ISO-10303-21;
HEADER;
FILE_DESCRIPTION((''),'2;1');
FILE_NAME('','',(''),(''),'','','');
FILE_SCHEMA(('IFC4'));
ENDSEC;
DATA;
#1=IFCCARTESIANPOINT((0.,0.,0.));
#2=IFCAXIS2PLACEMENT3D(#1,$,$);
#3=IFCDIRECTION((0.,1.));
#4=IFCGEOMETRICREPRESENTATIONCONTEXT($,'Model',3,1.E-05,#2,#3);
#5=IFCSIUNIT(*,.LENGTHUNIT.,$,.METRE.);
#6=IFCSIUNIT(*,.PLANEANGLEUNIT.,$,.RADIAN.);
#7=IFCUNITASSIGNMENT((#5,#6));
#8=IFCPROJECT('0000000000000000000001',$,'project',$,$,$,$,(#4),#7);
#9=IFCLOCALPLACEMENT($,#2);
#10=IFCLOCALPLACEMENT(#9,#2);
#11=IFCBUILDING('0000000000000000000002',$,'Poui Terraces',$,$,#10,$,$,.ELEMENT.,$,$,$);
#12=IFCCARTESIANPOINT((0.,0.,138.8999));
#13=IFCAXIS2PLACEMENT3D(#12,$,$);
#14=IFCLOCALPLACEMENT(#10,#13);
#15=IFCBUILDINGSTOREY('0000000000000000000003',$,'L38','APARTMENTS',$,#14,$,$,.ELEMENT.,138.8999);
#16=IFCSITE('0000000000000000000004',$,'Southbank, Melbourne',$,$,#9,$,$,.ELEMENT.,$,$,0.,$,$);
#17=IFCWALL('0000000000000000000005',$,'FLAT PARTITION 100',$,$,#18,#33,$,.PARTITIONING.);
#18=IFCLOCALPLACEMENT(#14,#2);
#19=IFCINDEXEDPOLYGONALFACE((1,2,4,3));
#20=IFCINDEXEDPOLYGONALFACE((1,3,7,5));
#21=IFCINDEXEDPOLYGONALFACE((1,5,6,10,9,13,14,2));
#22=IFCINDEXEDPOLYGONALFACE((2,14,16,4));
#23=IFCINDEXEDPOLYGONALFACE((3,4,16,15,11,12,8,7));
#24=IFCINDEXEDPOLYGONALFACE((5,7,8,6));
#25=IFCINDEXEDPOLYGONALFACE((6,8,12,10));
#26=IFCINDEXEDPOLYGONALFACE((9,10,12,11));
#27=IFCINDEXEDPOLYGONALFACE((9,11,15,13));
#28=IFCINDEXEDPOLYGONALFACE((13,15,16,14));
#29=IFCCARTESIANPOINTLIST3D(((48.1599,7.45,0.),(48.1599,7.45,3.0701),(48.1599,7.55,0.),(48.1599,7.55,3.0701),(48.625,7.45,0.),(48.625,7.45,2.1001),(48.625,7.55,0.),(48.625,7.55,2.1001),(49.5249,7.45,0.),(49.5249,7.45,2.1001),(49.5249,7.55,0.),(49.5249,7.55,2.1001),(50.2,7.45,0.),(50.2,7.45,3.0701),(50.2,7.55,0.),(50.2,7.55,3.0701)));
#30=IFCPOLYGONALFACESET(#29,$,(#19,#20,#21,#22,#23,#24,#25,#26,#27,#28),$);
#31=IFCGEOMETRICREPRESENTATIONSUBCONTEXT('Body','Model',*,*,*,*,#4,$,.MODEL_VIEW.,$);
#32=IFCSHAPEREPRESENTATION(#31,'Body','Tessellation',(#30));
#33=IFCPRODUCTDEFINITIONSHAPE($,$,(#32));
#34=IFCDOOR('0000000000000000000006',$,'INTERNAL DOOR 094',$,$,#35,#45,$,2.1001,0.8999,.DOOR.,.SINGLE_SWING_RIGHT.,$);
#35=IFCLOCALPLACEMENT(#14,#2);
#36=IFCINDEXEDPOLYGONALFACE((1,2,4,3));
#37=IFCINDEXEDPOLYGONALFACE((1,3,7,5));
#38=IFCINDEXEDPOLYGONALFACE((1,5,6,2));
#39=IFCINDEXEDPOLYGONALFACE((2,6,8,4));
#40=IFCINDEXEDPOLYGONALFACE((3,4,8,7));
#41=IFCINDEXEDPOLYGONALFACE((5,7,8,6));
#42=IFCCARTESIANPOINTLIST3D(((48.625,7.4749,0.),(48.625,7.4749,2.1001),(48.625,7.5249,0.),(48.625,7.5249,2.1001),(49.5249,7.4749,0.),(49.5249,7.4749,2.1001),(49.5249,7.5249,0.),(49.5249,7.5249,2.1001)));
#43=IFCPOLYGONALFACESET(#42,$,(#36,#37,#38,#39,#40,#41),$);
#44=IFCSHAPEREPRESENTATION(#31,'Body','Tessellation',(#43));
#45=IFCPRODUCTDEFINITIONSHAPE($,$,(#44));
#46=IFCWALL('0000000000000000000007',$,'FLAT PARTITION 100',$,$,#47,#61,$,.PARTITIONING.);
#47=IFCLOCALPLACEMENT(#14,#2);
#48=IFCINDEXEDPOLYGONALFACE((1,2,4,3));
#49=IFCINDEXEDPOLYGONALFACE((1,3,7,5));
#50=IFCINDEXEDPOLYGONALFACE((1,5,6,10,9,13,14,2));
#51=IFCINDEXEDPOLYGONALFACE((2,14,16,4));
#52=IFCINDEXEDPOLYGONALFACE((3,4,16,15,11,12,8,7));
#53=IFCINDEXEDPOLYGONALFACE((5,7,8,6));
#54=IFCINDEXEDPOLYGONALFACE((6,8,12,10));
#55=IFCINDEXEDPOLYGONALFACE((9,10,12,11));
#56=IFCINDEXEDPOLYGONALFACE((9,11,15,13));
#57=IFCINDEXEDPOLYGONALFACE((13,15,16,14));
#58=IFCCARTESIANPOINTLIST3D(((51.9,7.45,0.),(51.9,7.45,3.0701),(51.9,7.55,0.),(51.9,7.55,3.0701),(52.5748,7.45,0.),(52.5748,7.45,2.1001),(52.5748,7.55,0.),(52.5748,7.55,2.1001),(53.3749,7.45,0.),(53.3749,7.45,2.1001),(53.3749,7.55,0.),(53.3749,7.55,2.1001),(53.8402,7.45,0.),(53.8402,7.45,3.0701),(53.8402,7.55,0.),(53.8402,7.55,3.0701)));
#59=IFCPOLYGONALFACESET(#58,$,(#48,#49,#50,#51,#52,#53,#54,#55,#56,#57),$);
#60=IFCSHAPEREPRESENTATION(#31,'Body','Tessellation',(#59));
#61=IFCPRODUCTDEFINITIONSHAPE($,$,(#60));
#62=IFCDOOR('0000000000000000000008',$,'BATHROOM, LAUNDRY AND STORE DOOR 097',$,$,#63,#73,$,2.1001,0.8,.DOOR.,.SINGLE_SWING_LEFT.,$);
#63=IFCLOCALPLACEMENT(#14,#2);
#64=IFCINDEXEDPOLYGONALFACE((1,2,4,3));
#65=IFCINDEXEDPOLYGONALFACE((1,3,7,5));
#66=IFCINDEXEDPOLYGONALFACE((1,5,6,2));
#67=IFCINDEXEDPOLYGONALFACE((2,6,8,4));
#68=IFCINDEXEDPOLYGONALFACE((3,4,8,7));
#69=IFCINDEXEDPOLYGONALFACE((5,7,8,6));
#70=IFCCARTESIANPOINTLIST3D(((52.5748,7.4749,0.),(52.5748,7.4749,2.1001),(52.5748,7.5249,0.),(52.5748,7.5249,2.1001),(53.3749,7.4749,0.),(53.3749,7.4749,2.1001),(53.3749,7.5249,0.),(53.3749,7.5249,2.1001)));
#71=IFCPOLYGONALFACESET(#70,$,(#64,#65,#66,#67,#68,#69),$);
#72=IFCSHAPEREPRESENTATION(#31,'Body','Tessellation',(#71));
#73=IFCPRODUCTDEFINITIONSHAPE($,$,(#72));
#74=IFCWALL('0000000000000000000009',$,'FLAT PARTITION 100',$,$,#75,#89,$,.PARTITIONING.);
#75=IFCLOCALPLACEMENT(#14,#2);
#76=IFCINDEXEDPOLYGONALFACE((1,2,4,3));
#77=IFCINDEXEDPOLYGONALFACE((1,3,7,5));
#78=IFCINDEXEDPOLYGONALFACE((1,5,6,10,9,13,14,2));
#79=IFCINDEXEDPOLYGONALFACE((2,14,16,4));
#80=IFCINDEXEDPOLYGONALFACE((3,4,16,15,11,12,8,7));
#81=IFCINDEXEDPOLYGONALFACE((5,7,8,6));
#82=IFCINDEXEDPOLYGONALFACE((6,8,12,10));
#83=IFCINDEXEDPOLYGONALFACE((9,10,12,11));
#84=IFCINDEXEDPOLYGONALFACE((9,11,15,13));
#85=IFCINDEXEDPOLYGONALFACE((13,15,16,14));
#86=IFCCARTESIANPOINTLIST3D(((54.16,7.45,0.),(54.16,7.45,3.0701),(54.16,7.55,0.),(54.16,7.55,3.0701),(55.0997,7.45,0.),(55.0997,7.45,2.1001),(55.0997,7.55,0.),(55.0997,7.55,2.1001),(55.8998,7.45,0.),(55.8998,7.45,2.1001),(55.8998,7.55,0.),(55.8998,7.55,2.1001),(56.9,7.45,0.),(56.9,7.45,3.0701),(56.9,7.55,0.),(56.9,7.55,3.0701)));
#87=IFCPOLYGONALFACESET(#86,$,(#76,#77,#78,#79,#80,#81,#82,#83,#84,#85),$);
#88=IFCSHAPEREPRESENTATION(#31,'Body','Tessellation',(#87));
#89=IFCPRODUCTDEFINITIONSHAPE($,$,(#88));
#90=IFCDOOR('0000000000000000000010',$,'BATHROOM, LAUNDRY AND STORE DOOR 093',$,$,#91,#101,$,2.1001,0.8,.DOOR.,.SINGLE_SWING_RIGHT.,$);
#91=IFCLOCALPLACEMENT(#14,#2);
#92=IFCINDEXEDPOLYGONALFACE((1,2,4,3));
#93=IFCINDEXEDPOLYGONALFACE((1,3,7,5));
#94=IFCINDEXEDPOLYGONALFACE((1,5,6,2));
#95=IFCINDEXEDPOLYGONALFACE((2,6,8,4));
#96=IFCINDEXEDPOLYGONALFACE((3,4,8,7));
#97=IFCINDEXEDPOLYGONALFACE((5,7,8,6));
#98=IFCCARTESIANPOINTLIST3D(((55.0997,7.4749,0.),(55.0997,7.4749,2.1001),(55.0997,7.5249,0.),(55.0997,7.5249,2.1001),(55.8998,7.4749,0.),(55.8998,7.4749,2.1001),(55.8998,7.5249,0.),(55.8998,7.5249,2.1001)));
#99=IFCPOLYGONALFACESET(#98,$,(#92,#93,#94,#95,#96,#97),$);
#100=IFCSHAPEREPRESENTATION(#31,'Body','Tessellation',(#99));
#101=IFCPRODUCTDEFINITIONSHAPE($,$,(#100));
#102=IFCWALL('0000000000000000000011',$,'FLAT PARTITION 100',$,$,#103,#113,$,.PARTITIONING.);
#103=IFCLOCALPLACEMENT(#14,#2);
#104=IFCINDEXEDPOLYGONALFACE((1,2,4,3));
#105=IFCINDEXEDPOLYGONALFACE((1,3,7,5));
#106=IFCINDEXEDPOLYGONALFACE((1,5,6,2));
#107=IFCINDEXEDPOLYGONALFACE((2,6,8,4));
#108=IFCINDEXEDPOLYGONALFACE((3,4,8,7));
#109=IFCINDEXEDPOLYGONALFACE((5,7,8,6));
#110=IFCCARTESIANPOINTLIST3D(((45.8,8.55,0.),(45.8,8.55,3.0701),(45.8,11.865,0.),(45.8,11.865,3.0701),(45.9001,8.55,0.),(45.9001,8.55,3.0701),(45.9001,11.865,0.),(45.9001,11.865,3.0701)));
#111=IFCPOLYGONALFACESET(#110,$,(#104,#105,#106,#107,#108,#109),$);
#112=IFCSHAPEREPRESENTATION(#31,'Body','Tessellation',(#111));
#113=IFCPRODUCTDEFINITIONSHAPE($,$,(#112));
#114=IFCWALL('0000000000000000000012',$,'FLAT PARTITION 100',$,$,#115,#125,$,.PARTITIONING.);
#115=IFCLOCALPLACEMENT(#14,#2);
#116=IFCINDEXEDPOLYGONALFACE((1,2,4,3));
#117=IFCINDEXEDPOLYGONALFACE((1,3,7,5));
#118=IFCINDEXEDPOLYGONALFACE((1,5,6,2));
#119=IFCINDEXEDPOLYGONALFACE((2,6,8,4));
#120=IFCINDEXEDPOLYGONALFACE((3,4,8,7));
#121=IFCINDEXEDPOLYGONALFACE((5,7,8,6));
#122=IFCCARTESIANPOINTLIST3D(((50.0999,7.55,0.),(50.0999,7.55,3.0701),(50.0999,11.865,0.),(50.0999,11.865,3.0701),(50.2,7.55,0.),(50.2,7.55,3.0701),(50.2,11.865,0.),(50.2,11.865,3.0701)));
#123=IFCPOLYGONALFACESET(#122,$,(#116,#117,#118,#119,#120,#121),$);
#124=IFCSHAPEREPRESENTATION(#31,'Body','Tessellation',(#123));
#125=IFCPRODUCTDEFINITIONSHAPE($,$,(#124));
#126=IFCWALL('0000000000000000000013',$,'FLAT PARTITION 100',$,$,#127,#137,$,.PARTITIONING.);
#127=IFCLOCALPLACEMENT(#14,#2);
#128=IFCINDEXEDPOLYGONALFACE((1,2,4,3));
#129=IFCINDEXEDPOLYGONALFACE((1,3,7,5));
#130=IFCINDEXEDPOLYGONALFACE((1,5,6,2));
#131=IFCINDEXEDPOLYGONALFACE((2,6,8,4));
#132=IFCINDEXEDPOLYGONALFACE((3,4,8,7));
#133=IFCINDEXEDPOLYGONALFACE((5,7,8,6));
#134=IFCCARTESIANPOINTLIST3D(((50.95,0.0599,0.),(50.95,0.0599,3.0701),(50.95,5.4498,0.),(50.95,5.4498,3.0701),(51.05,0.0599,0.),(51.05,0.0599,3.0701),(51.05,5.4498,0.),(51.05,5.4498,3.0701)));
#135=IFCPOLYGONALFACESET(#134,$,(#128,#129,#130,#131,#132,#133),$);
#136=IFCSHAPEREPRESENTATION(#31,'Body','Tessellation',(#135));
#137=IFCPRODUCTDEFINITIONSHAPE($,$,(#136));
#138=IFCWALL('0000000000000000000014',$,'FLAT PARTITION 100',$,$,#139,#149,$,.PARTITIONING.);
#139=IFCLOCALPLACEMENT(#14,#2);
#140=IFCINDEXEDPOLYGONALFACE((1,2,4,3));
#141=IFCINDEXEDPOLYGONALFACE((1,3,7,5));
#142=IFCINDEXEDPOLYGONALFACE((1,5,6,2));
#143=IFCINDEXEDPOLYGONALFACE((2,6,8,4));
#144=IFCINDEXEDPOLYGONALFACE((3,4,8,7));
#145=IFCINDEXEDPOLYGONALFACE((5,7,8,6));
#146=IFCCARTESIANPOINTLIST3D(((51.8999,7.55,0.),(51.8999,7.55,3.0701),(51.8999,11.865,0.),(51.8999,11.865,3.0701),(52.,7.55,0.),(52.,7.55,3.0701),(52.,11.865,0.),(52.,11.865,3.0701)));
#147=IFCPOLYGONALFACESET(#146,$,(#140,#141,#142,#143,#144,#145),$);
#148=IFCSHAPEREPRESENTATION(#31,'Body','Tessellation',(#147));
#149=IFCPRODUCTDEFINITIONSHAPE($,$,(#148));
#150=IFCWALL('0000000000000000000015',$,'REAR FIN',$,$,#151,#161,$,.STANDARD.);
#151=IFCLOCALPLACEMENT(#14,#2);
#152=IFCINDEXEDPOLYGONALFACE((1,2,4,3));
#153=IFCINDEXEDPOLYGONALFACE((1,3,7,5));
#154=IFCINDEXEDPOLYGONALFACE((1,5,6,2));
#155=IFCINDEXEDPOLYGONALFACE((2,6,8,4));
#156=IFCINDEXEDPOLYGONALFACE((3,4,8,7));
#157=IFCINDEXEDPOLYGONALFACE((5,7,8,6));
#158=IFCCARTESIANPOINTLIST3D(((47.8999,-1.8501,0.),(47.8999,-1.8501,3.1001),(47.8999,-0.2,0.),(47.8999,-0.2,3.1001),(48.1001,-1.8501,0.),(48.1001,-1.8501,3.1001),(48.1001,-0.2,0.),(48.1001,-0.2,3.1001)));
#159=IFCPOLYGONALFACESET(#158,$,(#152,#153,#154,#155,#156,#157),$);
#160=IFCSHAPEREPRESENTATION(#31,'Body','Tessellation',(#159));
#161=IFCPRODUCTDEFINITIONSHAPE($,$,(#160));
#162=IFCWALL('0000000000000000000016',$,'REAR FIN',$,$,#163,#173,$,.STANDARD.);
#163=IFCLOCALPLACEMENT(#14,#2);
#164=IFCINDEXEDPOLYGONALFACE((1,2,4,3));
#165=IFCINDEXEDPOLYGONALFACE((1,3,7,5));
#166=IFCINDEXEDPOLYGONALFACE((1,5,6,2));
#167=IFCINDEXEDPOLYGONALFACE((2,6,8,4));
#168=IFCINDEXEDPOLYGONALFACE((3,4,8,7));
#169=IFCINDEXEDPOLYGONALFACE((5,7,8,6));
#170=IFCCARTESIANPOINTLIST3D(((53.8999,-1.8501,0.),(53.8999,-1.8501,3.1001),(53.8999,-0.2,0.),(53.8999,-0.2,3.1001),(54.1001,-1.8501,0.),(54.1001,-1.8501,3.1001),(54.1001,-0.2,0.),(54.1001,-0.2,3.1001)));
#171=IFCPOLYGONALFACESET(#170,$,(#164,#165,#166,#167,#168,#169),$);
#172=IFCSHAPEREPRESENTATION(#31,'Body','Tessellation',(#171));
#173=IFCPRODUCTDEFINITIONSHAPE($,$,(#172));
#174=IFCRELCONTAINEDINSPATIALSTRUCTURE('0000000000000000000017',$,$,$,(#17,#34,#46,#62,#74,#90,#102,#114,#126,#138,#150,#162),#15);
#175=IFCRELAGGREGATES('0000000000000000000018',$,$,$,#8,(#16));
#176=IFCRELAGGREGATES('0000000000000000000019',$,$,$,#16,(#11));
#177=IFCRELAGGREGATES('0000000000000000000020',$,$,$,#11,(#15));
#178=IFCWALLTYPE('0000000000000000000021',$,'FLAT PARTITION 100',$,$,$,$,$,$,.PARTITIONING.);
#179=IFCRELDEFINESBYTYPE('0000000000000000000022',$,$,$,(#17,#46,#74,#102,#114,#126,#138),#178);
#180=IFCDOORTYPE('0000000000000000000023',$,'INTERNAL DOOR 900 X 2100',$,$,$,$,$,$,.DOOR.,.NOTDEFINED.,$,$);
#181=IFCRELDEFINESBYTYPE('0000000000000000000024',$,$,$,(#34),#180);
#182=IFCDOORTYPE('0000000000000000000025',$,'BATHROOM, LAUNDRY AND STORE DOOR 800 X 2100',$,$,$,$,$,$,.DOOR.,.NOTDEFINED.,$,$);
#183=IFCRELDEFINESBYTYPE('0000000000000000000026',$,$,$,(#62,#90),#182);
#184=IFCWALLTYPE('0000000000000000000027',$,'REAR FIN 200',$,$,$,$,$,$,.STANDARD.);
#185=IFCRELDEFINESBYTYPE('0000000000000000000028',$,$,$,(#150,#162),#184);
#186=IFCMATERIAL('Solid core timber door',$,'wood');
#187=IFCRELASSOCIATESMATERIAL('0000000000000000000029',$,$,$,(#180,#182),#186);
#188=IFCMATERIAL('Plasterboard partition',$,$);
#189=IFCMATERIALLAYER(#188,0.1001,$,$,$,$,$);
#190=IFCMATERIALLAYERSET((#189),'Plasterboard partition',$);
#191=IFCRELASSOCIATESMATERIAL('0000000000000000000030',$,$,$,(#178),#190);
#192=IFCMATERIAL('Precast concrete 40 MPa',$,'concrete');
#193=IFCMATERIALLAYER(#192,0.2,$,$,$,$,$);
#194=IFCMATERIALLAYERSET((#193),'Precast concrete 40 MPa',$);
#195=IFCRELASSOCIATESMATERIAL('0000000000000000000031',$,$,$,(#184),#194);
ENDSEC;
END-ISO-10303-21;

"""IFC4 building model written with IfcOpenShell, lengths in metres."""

from ifc_helpers import new_model, si_unit, direction, frame, frame_2d, origin, place, context, subcontext, project, spatial, polyline, rectangle, outline, extrude, source, transform, mapped, material, layer, layer_set, type_object, element, fill, save


model = new_model("IFC4")

# Units and contexts
model_context = context("Model", 3, precision=1e-05, world=origin(), true_north=direction((0.0, 1.0)))
body_context = subcontext(model_context, "Body", "Model", "MODEL_VIEW")
ifc_project = project(units=[si_unit("LENGTHUNIT", "METRE"), si_unit("PLANEANGLEUNIT", "RADIAN")], contexts=[model_context])

# Site, building, storey
site_placement = place(None, origin())
site = spatial("IfcSite", under=ifc_project, at=site_placement, Name="Southbank, Melbourne", CompositionType="ELEMENT", RefElevation=0.0)
building_placement = place(site_placement, origin())
building = spatial("IfcBuilding", under=site, at=building_placement, Name="Poui Terraces", CompositionType="ELEMENT")
storey_placement = place(building_placement, frame((0.0, 0.0, 138.8999)))
storey = spatial("IfcBuildingStorey", under=building, at=storey_placement, Name="L38", Description="APARTMENTS", CompositionType="ELEMENT", Elevation=138.8999)

# Shared definitions
ifc_material_1 = material(Name="Precast concrete 40 MPa", Category="concrete")

# Walls, openings, doors
ifc_material_2 = material(Name="Solid core timber door", Category="wood")
door_type_1 = type_object("IfcDoorType", Name="INTERNAL DOOR 900 X 2100", OperationType="NOTDEFINED", PredefinedType="DOOR", material=ifc_material_2)
ifc_material_3 = material(Name="Plasterboard partition")
ifc_layer_1 = layer(ifc_material_3, 0.1001)
ifc_layer_set_1 = layer_set([ifc_layer_1], Name="Plasterboard partition")
wall_type_1 = type_object("IfcWallType", Name="FLAT PARTITION 100", PredefinedType="PARTITIONING", material=ifc_layer_set_1)
wall_1_placement = place(storey_placement, frame((48.1599, 7.5, 0.0), z_axis=(0.0, 0.0, 1.0), x_axis=(1.0, 0.0, 0.0)))
wall_1 = element("IfcWall", 1, at=wall_1_placement, inside=storey, type_object=wall_type_1, Name="FLAT PARTITION 100", PredefinedType="PARTITIONING", context=body_context, shape_type="SweptSolid", body=[
    extrude(rectangle(XDim=2.04, YDim=0.1001, at=frame_2d((1.02, 0.0))), origin(), (0.0, 0.0, 1.0), 3.0701),
])
opening_1_placement = place(wall_1_placement, frame((0.4651, 0.0, 0.0)))
opening_1 = element("IfcOpeningElement", 2, at=opening_1_placement, cuts=wall_1, PredefinedType="OPENING", context=body_context, shape_type="SweptSolid", body=[
    extrude(rectangle(XDim=0.8999, YDim=2.1001, at=frame_2d((0.45, 1.05))), frame((0.0, 0.0601, 0.0), z_axis=(0.0, -1.0, 0.0), x_axis=(1.0, 0.0, 0.0)), (0.0, 0.0, 1.0), 0.1201),
])
door_1_placement = place(opening_1_placement, origin())
door_1 = element("IfcDoor", 3, at=door_1_placement, inside=storey, type_object=door_type_1, Name="INTERNAL DOOR 094", OperationType="SINGLE_SWING_RIGHT", OverallHeight=2.1001, OverallWidth=0.8999, PredefinedType="DOOR", context=body_context, shape_type="SweptSolid", body=[
    extrude(rectangle(XDim=0.8999, YDim=2.1001, at=frame_2d((0.45, 1.05))), frame((0.0, 0.0249, 0.0), z_axis=(0.0, -1.0, 0.0), x_axis=(1.0, 0.0, 0.0)), (0.0, 0.0, 1.0), 0.05),
])
fill(opening_1, door_1)
wall_2_placement = place(storey_placement, frame((51.8999, 7.5, 0.0), z_axis=(0.0, 0.0, 1.0), x_axis=(1.0, 0.0, 0.0)))
wall_2 = element("IfcWall", 4, at=wall_2_placement, inside=storey, type_object=wall_type_1, Name="FLAT PARTITION 100", PredefinedType="PARTITIONING", context=body_context, shape_type="SweptSolid", body=[
    extrude(rectangle(XDim=1.9402, YDim=0.1001, at=frame_2d((0.9702, 0.0))), origin(), (0.0, 0.0, 1.0), 3.0701),
])
opening_2_placement = place(wall_2_placement, frame((0.675, 0.0, 0.0)))
opening_2 = element("IfcOpeningElement", 5, at=opening_2_placement, cuts=wall_2, PredefinedType="OPENING", context=body_context, shape_type="SweptSolid", body=[
    extrude(rectangle(XDim=0.8, YDim=2.1001, at=frame_2d((0.3999, 1.05))), frame((0.0, 0.0601, 0.0), z_axis=(0.0, -1.0, 0.0), x_axis=(1.0, 0.0, 0.0)), (0.0, 0.0, 1.0), 0.1201),
])
door_type_2 = type_object("IfcDoorType", Name="BATHROOM, LAUNDRY AND STORE DOOR 800 X 2100", OperationType="NOTDEFINED", PredefinedType="DOOR", material=ifc_material_2)
door_2_placement = place(opening_2_placement, origin())
door_2 = element("IfcDoor", 6, at=door_2_placement, inside=storey, type_object=door_type_2, Name="BATHROOM, LAUNDRY AND STORE DOOR 097", OperationType="SINGLE_SWING_LEFT", OverallHeight=2.1001, OverallWidth=0.8, PredefinedType="DOOR", context=body_context, shape_type="SweptSolid", body=[
    extrude(rectangle(XDim=0.8, YDim=2.1001, at=frame_2d((0.3999, 1.05))), frame((0.0, 0.0249, 0.0), z_axis=(0.0, -1.0, 0.0), x_axis=(1.0, 0.0, 0.0)), (0.0, 0.0, 1.0), 0.05),
])
fill(opening_2, door_2)
wall_3_placement = place(storey_placement, frame((54.1599, 7.5, 0.0), z_axis=(0.0, 0.0, 1.0), x_axis=(1.0, 0.0, 0.0)))
wall_3 = element("IfcWall", 7, at=wall_3_placement, inside=storey, type_object=wall_type_1, Name="FLAT PARTITION 100", PredefinedType="PARTITIONING", context=body_context, shape_type="SweptSolid", body=[
    extrude(rectangle(XDim=2.74, YDim=0.1001, at=frame_2d((1.3701, 0.0))), origin(), (0.0, 0.0, 1.0), 3.0701),
])
opening_3_placement = place(wall_3_placement, frame((0.9399, 0.0, 0.0)))
opening_3 = element("IfcOpeningElement", 8, at=opening_3_placement, cuts=wall_3, PredefinedType="OPENING", context=body_context, shape_type="SweptSolid", body=[
    extrude(rectangle(XDim=0.8, YDim=2.1001, at=frame_2d((0.3999, 1.05))), frame((0.0, 0.0601, 0.0), z_axis=(0.0, -1.0, 0.0), x_axis=(1.0, 0.0, 0.0)), (0.0, 0.0, 1.0), 0.1201),
])
door_3_placement = place(opening_3_placement, origin())
door_3 = element("IfcDoor", 9, at=door_3_placement, inside=storey, type_object=door_type_2, Name="BATHROOM, LAUNDRY AND STORE DOOR 093", OperationType="SINGLE_SWING_RIGHT", OverallHeight=2.1001, OverallWidth=0.8, PredefinedType="DOOR", context=body_context, shape_type="SweptSolid", body=[
    extrude(rectangle(XDim=0.8, YDim=2.1001, at=frame_2d((0.3999, 1.05))), frame((0.0, 0.0249, 0.0), z_axis=(0.0, -1.0, 0.0), x_axis=(1.0, 0.0, 0.0)), (0.0, 0.0, 1.0), 0.05),
])
fill(opening_3, door_3)

# Walls
wall_4_placement = place(storey_placement, frame((45.8501, 8.55, 0.0), z_axis=(0.0, 0.0, 1.0), x_axis=(0.0, 1.0, 0.0)))
element("IfcWall", 10, at=wall_4_placement, inside=storey, type_object=wall_type_1, Name="FLAT PARTITION 100", PredefinedType="PARTITIONING", context=body_context, shape_type="SweptSolid", body=[
    extrude(rectangle(XDim=3.3149, YDim=0.1001, at=frame_2d((1.6575, 0.0))), origin(), (0.0, 0.0, 1.0), 3.0701),
])
wall_5_placement = place(storey_placement, frame((50.1499, 7.55, 0.0), z_axis=(0.0, 0.0, 1.0), x_axis=(0.0, 1.0, 0.0)))
element("IfcWall", 11, at=wall_5_placement, inside=storey, type_object=wall_type_1, Name="FLAT PARTITION 100", PredefinedType="PARTITIONING", context=body_context, shape_type="SweptSolid", body=[
    extrude(rectangle(XDim=4.3149, YDim=0.1001, at=frame_2d((2.1575, 0.0))), origin(), (0.0, 0.0, 1.0), 3.0701),
])
wall_6_placement = place(storey_placement, frame((51.0, 0.0601, 0.0), z_axis=(0.0, 0.0, 1.0), x_axis=(0.0, 1.0, 0.0)))
element("IfcWall", 12, at=wall_6_placement, inside=storey, type_object=wall_type_1, Name="FLAT PARTITION 100", PredefinedType="PARTITIONING", context=body_context, shape_type="SweptSolid", body=[
    extrude(rectangle(XDim=5.3899, YDim=0.1001, at=frame_2d((2.6948, 0.0))), origin(), (0.0, 0.0, 1.0), 3.0701),
])
wall_7_placement = place(storey_placement, frame((51.95, 7.55, 0.0), z_axis=(0.0, 0.0, 1.0), x_axis=(0.0, 1.0, 0.0)))
element("IfcWall", 13, at=wall_7_placement, inside=storey, type_object=wall_type_1, Name="FLAT PARTITION 100", PredefinedType="PARTITIONING", context=body_context, shape_type="SweptSolid", body=[
    extrude(rectangle(XDim=4.3149, YDim=0.1001, at=frame_2d((2.1575, 0.0))), origin(), (0.0, 0.0, 1.0), 3.0701),
])
ifc_layer_2 = layer(ifc_material_1, 0.2)
ifc_layer_set_2 = layer_set([ifc_layer_2], Name="Precast concrete 40 MPa")
wall_type_2 = type_object("IfcWallType", Name="REAR FIN 200", PredefinedType="STANDARD", material=ifc_layer_set_2)
shared_shape_1 = source(origin(), body_context, "Body", "SweptSolid", [
    extrude(outline(polyline([(0.0, 0.0), (0.2002, 0.0), (0.2002, 1.6501), (0.0, 1.6501), (0.0, 0.0)])), origin(), (0.0, 0.0, 1.0), 3.1001),
])
for number, where, name in (
    (14, (47.8999, -1.8501, 0.0), "REAR FIN"),
    (15, (53.8999, -1.8501, 0.0), "REAR FIN"),
):
    element("IfcWall", number, at=place(storey_placement, frame(where)), inside=storey, type_object=wall_type_2, Name=name, PredefinedType="STANDARD", context=body_context, shape_type="MappedRepresentation", body=[
        mapped(shared_shape_1, transform((0.0, 0.0, 0.0))),
    ])

save(model, "model.ifc")
